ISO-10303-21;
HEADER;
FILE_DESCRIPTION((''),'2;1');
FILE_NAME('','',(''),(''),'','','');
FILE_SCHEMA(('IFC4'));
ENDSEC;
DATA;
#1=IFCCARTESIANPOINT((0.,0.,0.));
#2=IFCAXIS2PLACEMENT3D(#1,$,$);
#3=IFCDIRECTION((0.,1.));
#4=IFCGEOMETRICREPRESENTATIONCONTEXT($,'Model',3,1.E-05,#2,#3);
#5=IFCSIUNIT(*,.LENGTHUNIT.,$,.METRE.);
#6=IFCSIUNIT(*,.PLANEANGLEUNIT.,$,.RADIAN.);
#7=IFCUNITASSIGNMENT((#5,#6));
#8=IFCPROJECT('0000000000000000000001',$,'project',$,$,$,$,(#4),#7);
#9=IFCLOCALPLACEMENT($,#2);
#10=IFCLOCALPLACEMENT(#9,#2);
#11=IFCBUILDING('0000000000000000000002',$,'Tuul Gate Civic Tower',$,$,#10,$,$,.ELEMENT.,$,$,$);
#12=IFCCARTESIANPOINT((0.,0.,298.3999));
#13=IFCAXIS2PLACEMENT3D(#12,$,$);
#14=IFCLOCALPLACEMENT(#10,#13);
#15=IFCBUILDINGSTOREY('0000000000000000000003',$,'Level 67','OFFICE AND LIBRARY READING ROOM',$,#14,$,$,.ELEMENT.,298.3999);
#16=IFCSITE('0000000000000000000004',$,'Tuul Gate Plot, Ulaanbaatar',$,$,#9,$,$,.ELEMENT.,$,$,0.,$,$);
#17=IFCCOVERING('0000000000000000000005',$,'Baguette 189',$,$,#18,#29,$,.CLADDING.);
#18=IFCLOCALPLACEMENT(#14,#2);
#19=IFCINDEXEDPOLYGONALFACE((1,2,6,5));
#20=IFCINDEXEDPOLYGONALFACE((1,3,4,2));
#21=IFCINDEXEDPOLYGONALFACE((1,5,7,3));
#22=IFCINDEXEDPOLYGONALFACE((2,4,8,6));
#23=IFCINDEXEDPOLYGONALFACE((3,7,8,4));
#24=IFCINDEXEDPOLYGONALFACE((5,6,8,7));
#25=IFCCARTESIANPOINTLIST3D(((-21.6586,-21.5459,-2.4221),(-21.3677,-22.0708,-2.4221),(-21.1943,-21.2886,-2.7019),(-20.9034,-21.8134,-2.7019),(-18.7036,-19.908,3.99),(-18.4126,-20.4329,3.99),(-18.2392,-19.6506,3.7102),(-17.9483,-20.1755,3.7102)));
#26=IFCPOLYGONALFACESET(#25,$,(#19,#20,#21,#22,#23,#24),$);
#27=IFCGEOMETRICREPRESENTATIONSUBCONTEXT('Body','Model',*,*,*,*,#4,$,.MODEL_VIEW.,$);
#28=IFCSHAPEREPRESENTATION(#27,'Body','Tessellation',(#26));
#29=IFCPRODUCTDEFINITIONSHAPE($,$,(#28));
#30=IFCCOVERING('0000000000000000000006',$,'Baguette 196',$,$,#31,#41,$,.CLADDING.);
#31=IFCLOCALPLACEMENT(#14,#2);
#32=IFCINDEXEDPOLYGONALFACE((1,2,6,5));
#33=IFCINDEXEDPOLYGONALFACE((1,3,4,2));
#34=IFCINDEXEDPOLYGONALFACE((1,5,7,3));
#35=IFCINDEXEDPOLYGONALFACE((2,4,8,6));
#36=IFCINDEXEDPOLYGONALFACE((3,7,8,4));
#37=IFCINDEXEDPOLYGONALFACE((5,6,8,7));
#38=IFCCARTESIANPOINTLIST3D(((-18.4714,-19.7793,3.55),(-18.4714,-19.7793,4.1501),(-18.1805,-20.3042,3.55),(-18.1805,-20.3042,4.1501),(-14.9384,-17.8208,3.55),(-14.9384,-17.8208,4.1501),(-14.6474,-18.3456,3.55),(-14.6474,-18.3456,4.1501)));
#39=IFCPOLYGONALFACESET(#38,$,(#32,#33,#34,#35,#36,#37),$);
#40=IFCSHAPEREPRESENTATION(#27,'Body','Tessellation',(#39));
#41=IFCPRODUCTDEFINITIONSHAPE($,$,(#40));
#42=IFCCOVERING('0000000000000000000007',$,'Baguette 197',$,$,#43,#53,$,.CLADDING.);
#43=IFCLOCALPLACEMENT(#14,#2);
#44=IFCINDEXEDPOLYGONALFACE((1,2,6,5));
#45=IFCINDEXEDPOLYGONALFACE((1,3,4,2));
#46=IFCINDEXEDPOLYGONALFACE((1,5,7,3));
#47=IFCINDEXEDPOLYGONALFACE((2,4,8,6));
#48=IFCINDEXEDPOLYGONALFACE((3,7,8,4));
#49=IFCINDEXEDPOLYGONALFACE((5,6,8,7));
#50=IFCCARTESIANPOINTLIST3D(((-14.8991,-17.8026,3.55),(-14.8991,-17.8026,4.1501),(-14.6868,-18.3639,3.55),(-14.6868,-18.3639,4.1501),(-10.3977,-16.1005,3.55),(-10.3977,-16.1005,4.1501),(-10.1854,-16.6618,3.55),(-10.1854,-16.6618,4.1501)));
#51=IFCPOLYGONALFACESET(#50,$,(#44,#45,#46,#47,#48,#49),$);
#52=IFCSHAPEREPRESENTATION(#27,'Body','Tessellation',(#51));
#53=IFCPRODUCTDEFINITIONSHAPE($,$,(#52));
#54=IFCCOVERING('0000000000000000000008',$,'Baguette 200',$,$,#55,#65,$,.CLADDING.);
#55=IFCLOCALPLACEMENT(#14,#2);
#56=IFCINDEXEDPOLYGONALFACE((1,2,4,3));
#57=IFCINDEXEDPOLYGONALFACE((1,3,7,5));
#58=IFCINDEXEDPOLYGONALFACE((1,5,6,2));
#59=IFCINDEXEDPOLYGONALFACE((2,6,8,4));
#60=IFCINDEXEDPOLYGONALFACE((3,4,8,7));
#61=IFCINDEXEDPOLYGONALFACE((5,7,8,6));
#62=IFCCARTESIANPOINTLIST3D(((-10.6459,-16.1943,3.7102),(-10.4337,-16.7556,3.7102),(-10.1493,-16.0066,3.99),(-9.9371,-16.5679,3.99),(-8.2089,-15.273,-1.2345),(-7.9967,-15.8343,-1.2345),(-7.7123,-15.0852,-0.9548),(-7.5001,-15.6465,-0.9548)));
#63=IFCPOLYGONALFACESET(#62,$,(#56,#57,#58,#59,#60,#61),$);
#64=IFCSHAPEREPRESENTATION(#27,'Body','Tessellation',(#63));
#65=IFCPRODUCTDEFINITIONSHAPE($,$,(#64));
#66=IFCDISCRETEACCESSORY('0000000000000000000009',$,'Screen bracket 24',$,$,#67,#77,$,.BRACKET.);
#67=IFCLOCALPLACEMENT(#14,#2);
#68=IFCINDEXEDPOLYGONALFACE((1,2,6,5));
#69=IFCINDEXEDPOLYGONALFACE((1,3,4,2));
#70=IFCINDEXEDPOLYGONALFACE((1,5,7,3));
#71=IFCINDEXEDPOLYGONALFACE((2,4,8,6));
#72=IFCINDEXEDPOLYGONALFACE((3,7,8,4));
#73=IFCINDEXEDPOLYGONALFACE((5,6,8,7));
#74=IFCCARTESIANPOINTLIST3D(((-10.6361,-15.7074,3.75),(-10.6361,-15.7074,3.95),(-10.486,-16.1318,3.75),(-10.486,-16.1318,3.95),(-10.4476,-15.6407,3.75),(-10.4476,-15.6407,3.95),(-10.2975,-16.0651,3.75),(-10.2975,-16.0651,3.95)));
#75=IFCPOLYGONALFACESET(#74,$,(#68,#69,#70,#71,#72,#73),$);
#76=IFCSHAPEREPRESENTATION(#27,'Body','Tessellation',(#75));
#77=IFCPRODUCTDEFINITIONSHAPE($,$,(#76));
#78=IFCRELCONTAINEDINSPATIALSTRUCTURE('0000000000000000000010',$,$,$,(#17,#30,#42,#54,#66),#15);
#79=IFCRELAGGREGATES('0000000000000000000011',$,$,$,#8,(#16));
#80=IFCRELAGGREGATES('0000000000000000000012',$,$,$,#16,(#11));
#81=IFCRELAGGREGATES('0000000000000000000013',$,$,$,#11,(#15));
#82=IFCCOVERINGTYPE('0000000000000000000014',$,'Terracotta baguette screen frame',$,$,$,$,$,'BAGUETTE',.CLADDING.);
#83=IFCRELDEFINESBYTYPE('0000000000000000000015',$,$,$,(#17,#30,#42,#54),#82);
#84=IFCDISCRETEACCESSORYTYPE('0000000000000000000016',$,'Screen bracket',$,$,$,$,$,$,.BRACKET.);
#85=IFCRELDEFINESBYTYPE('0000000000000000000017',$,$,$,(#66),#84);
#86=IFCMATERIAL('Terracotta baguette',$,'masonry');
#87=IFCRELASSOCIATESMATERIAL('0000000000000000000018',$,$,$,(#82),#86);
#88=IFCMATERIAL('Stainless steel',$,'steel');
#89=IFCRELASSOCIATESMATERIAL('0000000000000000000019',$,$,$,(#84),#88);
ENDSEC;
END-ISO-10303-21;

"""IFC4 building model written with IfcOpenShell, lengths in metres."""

from ifc_helpers import new_model, si_unit, direction, frame, origin, origin_2d, place, context, subcontext, project, spatial, rectangle, extrude, material, material_profile, profile_set, type_object, element, save


model = new_model("IFC4")

# Units and contexts
model_context = context("Model", 3, precision=1e-05, world=origin(), true_north=direction((0.0, 1.0)))
body_context = subcontext(model_context, "Body", "Model", "MODEL_VIEW")
ifc_project = project(units=[si_unit("LENGTHUNIT", "METRE"), si_unit("PLANEANGLEUNIT", "RADIAN")], contexts=[model_context])

# Site, building, storey
site_placement = place(None, origin())
site = spatial("IfcSite", under=ifc_project, at=site_placement, Name="Tuul Gate Plot, Ulaanbaatar", CompositionType="ELEMENT", RefElevation=0.0)
building_placement = place(site_placement, origin())
building = spatial("IfcBuilding", under=site, at=building_placement, Name="Tuul Gate Civic Tower", CompositionType="ELEMENT")
storey_placement = place(building_placement, frame((0.0, 0.0, 298.3999)))
storey = spatial("IfcBuildingStorey", under=building, at=storey_placement, Name="Level 67", Description="OFFICE AND LIBRARY READING ROOM", CompositionType="ELEMENT", Elevation=298.3999)

# Coverings
ifc_material_1 = material(Name="Terracotta baguette", Category="masonry")
ifc_material_profile_1 = material_profile(ifc_material_1, rectangle(XDim=0.6001, YDim=0.6001, at=origin_2d()), Name="Terracotta baguette screen frame")
ifc_profile_set_1 = profile_set([ifc_material_profile_1], Name="Terracotta baguette")
covering_type = type_object("IfcCoveringType", Name="Terracotta baguette screen frame", ElementType="BAGUETTE", PredefinedType="CLADDING", material=ifc_profile_set_1)
covering_1_placement = place(storey_placement, frame((-21.281, -21.6797, -2.562), z_axis=(0.407721, 0.225992, 0.884698), x_axis=(-0.48479, 0.874631, 0.0)))
element("IfcCovering", 1, at=covering_1_placement, inside=storey, type_object=covering_type, Name="Baguette 189", PredefinedType="CLADDING", context=body_context, shape_type="SweptSolid", body=[
    extrude(rectangle(XDim=0.6001, YDim=0.6001, at=origin_2d()), origin(), (0.0, 0.0, 1.0), 7.2478),
])
covering_2_placement = place(storey_placement, frame((-18.3259, -20.0417, 3.8501), z_axis=(0.874604, 0.484837, 0.0), x_axis=(-0.484837, 0.874604, 0.0)))
element("IfcCovering", 2, at=covering_2_placement, inside=storey, type_object=covering_type, Name="Baguette 196", PredefinedType="CLADDING", context=body_context, shape_type="SweptSolid", body=[
    extrude(rectangle(XDim=0.6001, YDim=0.6001, at=origin_2d()), origin(), (0.0, 0.0, 1.0), 4.0396),
])
covering_3_placement = place(storey_placement, frame((-14.793, -18.0833, 3.8501), z_axis=(0.935362, 0.353691, 0.0), x_axis=(-0.353691, 0.935362, 0.0)))
element("IfcCovering", 3, at=covering_3_placement, inside=storey, type_object=covering_type, Name="Baguette 197", PredefinedType="CLADDING", context=body_context, shape_type="SweptSolid", body=[
    extrude(rectangle(XDim=0.6001, YDim=0.6001, at=origin_2d()), origin(), (0.0, 0.0, 1.0), 4.8125),
])
covering_4_placement = place(storey_placement, frame((-10.2915, -16.3811, 3.8501), z_axis=(0.436021, 0.164851, -0.884709), x_axis=(-0.353648, 0.935378, 0.0)))
element("IfcCovering", 4, at=covering_4_placement, inside=storey, type_object=covering_type, Name="Baguette 200", PredefinedType="CLADDING", context=body_context, shape_type="SweptSolid", body=[
    extrude(rectangle(XDim=0.6001, YDim=0.6001, at=origin_2d()), origin(), (0.0, 0.0, 1.0), 5.5891),
])

# Discrete accessory
ifc_material_2 = material(Name="Stainless steel", Category="steel")
discrete_accessory_type = type_object("IfcDiscreteAccessoryType", Name="Screen bracket", PredefinedType="BRACKET", material=ifc_material_2)
discrete_accessory_placement = place(storey_placement, frame((-10.4668, -15.8862, 3.75), z_axis=(0.0, 0.0, 1.0), x_axis=(0.333468, -0.942761, 0.0)))
element("IfcDiscreteAccessory", 5, at=discrete_accessory_placement, inside=storey, type_object=discrete_accessory_type, Name="Screen bracket 24", PredefinedType="BRACKET", context=body_context, shape_type="SweptSolid", body=[
    extrude(rectangle(XDim=0.4502, YDim=0.2, at=origin_2d()), origin(), (0.0, 0.0, 1.0), 0.2),
])

save(model, "model.ifc")
